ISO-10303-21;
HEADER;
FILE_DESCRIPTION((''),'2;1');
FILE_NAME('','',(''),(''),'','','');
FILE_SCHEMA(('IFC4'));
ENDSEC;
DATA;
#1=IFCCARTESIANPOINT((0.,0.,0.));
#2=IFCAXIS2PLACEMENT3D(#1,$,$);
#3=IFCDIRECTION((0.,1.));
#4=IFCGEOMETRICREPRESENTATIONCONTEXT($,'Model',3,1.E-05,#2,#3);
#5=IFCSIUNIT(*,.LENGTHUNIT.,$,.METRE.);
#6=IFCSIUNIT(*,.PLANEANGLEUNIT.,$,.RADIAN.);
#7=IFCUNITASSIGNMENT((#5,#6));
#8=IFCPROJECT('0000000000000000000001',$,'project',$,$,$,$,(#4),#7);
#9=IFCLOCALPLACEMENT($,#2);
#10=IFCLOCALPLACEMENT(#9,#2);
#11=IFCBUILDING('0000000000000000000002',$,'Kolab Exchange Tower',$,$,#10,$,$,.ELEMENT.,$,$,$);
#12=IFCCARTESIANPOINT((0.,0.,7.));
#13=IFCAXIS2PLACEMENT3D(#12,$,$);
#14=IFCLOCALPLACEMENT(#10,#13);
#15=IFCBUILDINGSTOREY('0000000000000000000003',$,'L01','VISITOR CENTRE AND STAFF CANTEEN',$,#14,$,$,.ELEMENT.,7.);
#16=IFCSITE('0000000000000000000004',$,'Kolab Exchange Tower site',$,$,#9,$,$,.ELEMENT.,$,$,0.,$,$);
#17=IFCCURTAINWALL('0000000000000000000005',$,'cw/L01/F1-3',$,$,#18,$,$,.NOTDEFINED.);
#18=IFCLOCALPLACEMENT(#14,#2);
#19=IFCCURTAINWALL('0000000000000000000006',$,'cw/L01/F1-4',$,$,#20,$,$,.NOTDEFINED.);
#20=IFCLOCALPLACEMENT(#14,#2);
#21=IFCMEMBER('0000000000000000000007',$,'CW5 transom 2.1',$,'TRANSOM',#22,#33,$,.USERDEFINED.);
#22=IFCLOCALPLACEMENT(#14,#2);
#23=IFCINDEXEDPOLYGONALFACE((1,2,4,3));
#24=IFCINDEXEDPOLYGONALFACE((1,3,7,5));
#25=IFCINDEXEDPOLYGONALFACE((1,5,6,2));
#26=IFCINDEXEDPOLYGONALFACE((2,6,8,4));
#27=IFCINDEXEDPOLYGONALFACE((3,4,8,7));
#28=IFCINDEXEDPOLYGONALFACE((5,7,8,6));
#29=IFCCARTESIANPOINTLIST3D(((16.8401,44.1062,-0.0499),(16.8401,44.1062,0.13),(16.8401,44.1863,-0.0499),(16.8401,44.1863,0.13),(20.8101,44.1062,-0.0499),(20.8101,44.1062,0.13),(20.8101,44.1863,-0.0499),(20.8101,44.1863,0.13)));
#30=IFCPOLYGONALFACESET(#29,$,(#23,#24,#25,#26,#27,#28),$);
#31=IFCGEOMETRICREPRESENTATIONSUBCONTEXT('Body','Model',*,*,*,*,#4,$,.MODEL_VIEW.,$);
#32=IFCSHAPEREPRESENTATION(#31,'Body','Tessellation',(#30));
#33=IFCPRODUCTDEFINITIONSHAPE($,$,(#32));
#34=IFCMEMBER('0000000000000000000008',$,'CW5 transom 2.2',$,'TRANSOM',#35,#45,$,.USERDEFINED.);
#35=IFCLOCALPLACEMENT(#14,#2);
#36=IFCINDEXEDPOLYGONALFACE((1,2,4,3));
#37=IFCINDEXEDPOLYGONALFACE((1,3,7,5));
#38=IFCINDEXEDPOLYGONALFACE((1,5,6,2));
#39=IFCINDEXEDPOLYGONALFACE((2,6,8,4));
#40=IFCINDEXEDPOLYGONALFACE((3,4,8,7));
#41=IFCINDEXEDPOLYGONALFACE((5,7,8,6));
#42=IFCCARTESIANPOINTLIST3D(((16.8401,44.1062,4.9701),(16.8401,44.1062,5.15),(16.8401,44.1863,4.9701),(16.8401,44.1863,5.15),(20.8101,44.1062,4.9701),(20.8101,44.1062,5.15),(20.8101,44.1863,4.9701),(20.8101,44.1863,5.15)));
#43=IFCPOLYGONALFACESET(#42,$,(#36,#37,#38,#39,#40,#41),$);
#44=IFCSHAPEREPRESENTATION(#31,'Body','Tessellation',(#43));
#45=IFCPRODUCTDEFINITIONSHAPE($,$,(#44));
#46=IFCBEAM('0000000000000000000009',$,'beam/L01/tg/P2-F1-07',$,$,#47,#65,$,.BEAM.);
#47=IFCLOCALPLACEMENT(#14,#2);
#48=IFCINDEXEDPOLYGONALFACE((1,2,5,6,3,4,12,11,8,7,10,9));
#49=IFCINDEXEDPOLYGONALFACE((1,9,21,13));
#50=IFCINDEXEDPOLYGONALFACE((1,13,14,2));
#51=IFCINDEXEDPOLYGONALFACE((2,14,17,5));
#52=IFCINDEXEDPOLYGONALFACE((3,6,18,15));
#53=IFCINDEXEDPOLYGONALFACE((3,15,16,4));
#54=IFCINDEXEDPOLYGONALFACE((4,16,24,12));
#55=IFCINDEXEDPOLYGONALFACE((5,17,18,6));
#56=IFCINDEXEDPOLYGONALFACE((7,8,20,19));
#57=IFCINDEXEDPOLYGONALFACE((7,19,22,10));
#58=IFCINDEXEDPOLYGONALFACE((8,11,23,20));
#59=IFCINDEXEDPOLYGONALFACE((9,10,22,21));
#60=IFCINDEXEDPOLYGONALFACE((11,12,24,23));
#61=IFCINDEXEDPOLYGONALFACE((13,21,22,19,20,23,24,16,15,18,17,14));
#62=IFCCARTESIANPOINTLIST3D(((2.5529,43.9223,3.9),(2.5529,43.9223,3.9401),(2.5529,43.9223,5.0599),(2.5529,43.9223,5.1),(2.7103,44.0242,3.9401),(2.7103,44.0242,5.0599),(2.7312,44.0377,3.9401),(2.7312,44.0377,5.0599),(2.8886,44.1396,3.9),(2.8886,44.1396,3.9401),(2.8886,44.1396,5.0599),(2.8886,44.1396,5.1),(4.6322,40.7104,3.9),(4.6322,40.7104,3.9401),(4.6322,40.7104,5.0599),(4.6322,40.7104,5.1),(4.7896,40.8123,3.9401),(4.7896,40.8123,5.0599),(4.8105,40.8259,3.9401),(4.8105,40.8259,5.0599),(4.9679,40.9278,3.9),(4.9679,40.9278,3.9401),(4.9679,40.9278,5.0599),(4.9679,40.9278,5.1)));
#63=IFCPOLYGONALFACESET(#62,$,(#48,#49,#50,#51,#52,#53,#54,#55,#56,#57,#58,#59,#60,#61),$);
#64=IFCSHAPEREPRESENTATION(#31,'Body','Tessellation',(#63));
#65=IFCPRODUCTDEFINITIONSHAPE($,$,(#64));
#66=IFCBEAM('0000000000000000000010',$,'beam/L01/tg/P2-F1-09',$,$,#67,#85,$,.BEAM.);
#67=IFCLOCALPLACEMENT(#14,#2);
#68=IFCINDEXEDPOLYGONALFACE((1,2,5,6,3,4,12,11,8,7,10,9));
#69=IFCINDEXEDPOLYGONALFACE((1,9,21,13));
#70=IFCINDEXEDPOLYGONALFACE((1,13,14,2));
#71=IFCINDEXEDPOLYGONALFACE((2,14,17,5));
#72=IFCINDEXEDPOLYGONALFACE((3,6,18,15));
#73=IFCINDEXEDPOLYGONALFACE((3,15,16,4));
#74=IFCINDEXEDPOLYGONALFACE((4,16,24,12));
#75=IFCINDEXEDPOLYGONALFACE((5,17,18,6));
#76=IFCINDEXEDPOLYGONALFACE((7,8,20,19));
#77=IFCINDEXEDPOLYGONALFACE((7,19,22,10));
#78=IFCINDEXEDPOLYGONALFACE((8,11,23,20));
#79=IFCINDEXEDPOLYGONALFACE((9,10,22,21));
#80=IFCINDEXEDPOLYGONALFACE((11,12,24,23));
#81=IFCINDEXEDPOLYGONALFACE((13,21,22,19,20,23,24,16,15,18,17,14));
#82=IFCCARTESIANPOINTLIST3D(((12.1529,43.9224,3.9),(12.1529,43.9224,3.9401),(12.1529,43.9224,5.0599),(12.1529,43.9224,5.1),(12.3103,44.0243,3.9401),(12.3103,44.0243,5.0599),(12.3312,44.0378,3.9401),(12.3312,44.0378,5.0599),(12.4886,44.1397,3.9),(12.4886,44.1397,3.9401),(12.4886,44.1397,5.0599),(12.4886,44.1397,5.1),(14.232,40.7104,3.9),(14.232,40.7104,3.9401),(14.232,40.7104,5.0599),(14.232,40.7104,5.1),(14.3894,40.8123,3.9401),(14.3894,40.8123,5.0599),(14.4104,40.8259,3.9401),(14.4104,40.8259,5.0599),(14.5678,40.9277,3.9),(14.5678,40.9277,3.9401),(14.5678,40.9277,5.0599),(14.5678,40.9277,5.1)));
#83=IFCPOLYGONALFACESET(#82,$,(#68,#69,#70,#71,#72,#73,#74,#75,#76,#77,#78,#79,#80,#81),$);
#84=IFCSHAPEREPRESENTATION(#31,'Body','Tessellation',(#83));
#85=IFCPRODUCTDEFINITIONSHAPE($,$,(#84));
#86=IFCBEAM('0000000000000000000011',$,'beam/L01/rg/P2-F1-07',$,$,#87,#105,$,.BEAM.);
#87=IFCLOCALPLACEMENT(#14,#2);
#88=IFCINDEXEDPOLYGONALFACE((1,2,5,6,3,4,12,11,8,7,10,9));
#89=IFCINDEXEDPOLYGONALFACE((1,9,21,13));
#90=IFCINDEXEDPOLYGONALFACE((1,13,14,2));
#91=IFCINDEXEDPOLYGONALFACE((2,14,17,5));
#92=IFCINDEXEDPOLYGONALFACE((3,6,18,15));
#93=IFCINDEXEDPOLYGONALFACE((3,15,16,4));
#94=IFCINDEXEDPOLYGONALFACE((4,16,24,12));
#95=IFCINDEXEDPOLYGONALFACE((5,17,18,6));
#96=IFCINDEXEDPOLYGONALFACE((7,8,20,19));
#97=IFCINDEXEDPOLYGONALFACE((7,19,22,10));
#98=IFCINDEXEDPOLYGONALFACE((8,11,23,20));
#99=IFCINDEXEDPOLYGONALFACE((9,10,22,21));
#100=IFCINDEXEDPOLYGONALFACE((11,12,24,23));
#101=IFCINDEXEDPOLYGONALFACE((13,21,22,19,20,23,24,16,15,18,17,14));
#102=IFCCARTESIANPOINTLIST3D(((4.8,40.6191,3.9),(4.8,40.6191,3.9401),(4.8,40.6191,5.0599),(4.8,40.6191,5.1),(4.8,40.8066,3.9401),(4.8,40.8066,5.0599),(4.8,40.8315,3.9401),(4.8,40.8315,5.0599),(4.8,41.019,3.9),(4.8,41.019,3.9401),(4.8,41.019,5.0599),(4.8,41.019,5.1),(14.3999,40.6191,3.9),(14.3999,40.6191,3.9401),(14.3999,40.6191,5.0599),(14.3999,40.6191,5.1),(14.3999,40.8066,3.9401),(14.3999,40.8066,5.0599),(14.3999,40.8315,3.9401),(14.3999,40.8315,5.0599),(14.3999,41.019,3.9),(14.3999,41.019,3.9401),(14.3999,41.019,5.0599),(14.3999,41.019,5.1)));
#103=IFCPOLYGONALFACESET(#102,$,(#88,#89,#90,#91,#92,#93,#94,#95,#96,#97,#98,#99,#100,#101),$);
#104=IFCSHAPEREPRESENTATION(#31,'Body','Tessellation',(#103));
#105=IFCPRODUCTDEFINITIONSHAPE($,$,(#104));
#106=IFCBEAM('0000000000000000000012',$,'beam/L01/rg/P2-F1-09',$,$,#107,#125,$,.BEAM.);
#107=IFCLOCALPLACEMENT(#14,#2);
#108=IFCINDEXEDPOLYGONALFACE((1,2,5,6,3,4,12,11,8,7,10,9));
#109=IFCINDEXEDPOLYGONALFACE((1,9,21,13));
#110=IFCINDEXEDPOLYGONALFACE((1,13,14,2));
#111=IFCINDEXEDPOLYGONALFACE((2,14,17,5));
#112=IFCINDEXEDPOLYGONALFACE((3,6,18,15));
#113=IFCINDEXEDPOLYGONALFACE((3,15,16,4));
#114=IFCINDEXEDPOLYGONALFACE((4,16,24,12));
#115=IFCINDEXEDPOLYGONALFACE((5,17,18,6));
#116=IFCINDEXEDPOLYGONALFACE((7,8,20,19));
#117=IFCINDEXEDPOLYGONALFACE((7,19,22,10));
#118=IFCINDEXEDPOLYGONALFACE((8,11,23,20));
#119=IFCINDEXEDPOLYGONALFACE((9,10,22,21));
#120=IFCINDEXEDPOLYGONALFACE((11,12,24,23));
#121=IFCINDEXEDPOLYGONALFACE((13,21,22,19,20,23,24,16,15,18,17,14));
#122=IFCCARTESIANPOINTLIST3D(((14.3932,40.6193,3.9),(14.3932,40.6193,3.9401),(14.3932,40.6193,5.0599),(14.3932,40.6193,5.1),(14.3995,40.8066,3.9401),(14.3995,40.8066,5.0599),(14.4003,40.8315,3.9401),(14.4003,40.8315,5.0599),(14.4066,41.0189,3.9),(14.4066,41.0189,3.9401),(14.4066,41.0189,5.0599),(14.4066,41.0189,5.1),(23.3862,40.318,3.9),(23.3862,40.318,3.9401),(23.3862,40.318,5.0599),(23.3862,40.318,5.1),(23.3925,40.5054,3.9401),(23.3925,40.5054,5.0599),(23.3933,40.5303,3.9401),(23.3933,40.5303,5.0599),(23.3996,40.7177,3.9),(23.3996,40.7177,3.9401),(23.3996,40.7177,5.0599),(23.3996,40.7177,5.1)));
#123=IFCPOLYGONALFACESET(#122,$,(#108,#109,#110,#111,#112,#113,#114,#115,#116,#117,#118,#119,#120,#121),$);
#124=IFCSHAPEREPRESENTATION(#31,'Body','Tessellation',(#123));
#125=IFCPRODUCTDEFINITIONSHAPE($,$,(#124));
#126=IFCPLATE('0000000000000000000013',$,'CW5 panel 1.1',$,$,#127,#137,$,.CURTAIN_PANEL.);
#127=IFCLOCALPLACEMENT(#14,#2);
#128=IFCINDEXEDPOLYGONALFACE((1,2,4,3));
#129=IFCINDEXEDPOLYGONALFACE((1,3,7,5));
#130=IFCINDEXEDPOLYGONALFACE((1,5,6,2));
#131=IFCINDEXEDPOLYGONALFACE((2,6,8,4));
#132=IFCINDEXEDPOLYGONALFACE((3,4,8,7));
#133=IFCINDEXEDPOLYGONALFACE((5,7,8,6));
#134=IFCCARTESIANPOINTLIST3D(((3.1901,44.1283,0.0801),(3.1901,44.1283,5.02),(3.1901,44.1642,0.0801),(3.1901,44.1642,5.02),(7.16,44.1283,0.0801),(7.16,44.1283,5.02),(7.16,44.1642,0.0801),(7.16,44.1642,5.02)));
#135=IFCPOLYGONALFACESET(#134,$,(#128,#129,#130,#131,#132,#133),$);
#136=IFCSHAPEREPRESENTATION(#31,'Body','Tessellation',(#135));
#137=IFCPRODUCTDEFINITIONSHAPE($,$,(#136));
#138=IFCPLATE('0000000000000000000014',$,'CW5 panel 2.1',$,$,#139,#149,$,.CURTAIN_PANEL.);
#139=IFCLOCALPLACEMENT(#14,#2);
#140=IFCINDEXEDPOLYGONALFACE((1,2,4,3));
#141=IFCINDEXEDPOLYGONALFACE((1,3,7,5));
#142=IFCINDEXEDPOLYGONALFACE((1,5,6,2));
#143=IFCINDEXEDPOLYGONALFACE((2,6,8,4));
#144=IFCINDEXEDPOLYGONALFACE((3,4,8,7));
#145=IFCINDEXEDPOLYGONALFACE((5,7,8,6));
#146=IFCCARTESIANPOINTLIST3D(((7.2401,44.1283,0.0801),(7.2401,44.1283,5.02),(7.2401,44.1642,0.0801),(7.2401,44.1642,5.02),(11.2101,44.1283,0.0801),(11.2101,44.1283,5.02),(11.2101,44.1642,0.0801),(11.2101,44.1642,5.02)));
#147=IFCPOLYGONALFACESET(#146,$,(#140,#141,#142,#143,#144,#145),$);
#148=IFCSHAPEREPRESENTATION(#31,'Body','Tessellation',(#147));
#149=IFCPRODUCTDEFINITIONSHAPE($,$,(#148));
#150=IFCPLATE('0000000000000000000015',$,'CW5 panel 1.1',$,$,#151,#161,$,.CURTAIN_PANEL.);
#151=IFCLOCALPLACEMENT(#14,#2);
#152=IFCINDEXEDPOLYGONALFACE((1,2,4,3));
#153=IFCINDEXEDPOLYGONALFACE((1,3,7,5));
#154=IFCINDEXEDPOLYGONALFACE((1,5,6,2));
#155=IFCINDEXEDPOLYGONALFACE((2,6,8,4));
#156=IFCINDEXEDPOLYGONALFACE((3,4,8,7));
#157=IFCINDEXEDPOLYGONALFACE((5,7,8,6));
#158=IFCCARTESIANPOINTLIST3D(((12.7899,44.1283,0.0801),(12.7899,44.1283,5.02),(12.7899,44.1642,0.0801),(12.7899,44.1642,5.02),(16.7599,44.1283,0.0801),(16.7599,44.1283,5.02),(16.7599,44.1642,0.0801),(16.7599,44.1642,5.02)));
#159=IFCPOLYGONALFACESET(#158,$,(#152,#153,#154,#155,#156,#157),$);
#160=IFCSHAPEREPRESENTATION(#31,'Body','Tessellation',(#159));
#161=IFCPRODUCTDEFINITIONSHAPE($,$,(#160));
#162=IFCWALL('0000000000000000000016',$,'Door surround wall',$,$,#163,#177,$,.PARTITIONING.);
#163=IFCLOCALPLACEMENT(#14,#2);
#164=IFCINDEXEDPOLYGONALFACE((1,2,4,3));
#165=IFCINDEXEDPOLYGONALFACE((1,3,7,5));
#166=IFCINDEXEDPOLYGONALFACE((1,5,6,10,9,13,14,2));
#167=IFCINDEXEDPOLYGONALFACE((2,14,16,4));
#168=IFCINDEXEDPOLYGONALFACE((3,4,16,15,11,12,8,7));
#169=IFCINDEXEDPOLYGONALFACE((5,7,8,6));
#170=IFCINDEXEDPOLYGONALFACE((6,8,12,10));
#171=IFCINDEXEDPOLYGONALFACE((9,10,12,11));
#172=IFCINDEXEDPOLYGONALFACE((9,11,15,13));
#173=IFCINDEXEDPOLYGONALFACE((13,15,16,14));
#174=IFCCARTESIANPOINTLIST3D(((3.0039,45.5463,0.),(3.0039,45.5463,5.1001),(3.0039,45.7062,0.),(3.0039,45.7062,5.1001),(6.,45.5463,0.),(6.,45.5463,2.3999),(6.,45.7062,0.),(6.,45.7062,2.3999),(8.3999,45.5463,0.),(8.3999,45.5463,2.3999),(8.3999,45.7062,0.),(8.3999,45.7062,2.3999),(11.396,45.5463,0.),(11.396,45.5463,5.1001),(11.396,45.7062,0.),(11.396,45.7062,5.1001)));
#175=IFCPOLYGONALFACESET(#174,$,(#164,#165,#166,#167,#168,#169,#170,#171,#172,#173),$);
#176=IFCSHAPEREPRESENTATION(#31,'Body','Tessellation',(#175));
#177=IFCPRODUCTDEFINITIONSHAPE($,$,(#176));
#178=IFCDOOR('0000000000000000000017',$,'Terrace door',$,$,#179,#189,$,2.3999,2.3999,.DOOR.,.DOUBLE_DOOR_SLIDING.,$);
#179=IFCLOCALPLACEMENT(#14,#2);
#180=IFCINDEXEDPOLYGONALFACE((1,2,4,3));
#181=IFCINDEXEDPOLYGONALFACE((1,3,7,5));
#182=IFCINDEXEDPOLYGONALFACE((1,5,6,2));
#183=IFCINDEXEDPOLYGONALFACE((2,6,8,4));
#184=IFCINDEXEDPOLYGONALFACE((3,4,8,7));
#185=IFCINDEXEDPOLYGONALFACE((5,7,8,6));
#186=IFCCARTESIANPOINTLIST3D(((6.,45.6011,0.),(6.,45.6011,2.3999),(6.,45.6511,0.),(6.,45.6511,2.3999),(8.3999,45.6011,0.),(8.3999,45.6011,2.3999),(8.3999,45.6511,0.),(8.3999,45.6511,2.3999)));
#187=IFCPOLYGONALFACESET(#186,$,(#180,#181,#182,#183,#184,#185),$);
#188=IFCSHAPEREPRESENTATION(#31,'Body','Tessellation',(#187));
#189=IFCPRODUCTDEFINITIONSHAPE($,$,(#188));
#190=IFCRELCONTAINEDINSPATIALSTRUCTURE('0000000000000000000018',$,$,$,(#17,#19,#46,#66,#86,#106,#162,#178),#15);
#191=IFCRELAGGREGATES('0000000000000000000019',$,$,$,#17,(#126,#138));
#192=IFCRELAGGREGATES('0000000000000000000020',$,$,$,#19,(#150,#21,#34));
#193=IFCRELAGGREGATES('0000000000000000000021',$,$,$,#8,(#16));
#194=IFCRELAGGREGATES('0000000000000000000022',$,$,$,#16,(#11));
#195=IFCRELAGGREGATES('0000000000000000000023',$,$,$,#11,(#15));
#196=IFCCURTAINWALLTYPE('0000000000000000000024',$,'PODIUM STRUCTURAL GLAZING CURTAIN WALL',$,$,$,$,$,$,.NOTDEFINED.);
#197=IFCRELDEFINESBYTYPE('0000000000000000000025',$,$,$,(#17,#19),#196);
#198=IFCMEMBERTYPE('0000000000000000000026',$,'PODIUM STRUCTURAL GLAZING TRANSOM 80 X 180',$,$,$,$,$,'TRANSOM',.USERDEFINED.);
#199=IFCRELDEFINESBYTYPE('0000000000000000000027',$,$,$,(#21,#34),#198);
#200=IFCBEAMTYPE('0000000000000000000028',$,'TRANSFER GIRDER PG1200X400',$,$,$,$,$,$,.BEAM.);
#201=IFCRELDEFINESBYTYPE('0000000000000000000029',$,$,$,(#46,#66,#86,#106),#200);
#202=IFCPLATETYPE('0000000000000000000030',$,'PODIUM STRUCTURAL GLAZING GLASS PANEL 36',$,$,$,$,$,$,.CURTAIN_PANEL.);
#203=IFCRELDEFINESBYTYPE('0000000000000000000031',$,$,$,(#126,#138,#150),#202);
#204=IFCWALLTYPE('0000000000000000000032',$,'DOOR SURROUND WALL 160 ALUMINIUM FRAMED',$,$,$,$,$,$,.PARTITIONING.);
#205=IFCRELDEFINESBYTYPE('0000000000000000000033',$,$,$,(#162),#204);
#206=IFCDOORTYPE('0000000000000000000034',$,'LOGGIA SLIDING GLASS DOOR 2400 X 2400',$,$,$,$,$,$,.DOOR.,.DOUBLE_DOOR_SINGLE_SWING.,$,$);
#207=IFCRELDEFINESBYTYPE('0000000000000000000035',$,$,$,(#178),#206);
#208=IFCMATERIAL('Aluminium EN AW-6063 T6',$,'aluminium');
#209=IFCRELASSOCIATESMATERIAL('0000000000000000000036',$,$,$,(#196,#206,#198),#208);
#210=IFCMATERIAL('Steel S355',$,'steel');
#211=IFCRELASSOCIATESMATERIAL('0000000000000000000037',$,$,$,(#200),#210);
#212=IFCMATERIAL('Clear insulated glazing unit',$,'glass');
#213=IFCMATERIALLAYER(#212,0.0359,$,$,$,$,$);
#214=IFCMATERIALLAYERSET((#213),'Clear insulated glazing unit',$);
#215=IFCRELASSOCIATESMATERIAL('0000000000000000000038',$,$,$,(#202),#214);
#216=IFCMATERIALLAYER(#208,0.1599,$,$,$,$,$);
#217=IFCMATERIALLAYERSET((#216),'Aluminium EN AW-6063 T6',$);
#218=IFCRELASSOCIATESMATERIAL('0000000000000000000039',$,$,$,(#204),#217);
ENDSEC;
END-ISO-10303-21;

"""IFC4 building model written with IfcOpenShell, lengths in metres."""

from ifc_helpers import new_model, si_unit, direction, frame, frame_2d, origin, origin_2d, place, context, subcontext, project, spatial, rectangle, i_section, extrude, material, layer, layer_set, material_profile, profile_set, type_object, element, fill, aggregate, save


model = new_model("IFC4")

# Units and contexts
model_context = context("Model", 3, precision=1e-05, world=origin(), true_north=direction((0.0, 1.0)))
body_context = subcontext(model_context, "Body", "Model", "MODEL_VIEW")
ifc_project = project(units=[si_unit("LENGTHUNIT", "METRE"), si_unit("PLANEANGLEUNIT", "RADIAN")], contexts=[model_context])

# Site, building, storey
site_placement = place(None, origin())
site = spatial("IfcSite", under=ifc_project, at=site_placement, Name="Kolab Exchange Tower site", CompositionType="ELEMENT", RefElevation=0.0)
building_placement = place(site_placement, origin())
building = spatial("IfcBuilding", under=site, at=building_placement, Name="Kolab Exchange Tower", CompositionType="ELEMENT")
storey_placement = place(building_placement, frame((0.0, 0.0, 7.0)))
storey = spatial("IfcBuildingStorey", under=building, at=storey_placement, Name="L01", Description="VISITOR CENTRE AND STAFF CANTEEN", CompositionType="ELEMENT", Elevation=7.0)

# Curtain walls
ifc_material_1 = material(Name="Aluminium EN AW-6063 T6", Category="aluminium")
curtain_wall_type = type_object("IfcCurtainWallType", Name="PODIUM STRUCTURAL GLAZING CURTAIN WALL", PredefinedType="NOTDEFINED", material=ifc_material_1)
curtain_wall_1_placement = place(storey_placement, origin())
curtain_wall_1 = element("IfcCurtainWall", 1, at=curtain_wall_1_placement, inside=storey, type_object=curtain_wall_type, Name="cw/L01/F1-3", PredefinedType="NOTDEFINED")
curtain_wall_2_placement = place(storey_placement, origin())
curtain_wall_2 = element("IfcCurtainWall", 2, at=curtain_wall_2_placement, inside=storey, type_object=curtain_wall_type, Name="cw/L01/F1-4", PredefinedType="NOTDEFINED")

# Members
ifc_material_profile_1 = material_profile(ifc_material_1, rectangle(XDim=0.0801, YDim=0.1799, at=origin_2d()), Name="RECT 80X180")
ifc_profile_set_1 = profile_set([ifc_material_profile_1], Name="Aluminium EN AW-6063 T6")
member_type_1 = type_object("IfcMemberType", Name="PODIUM STRUCTURAL GLAZING TRANSOM 80 X 180", ElementType="TRANSOM", PredefinedType="USERDEFINED", material=ifc_profile_set_1)
member_1_placement = place(storey_placement, frame((16.8401, 44.1462, 0.04), z_axis=(1.0, 0.0, 0.0), x_axis=(0.0, 1.0, 0.0)))
member_1 = element("IfcMember", 3, at=member_1_placement, type_object=member_type_1, Name="CW5 transom 2.1", ObjectType="TRANSOM", PredefinedType="USERDEFINED", context=body_context, shape_type="SweptSolid", body=[
    extrude(rectangle(XDim=0.0801, YDim=0.1799, at=origin_2d()), origin(), (0.0, 0.0, 1.0), 3.97),
])
member_2_placement = place(storey_placement, frame((16.8401, 44.1462, 5.0601), z_axis=(1.0, 0.0, 0.0), x_axis=(0.0, 1.0, 0.0)))
member_2 = element("IfcMember", 4, at=member_2_placement, type_object=member_type_1, Name="CW5 transom 2.2", ObjectType="TRANSOM", PredefinedType="USERDEFINED", context=body_context, shape_type="SweptSolid", body=[
    extrude(rectangle(XDim=0.0801, YDim=0.1799, at=origin_2d()), origin(), (0.0, 0.0, 1.0), 3.97),
])

# Beams
ifc_material_2 = material(Name="Steel S355", Category="steel")
ifc_material_profile_2 = material_profile(ifc_material_2, i_section(OverallWidth=0.3999, OverallDepth=1.2, WebThickness=0.0249, FlangeThickness=0.04, at=origin_2d()), Name="PG1200X400")
ifc_profile_set_2 = profile_set([ifc_material_profile_2], Name="Steel S355")
beam_type = type_object("IfcBeamType", Name="TRANSFER GIRDER PG1200X400", PredefinedType="BEAM", material=ifc_profile_set_2)
for number, where, z_axis, x_axis, name in (
    (5, (4.8, 40.8191, 4.5), (-0.543444, 0.839445, 0.0), (-0.839445, -0.543444, 0.0), "beam/L01/tg/P2-F1-07"),
    (6, (14.3999, 40.8191, 4.5), (-0.543399, 0.839474, 0.0), (-0.839474, -0.543399, 0.0), "beam/L01/tg/P2-F1-09"),
):
    element("IfcBeam", number, at=place(storey_placement, frame(where, z_axis=z_axis, x_axis=x_axis)), inside=storey, type_object=beam_type, Name=name, PredefinedType="BEAM", context=body_context, shape_type="SweptSolid", body=[
        extrude(i_section(OverallWidth=0.3999, OverallDepth=1.2, WebThickness=0.0249, FlangeThickness=0.04, at=origin_2d()), origin(), (0.0, 0.0, 1.0), 3.8262),
    ])
beam_1_placement = place(storey_placement, frame((4.8, 40.8191, 4.5), z_axis=(1.0, 0.0, 0.0), x_axis=(0.0, 1.0, 0.0)))
element("IfcBeam", 7, at=beam_1_placement, inside=storey, type_object=beam_type, Name="beam/L01/rg/P2-F1-07", PredefinedType="BEAM", context=body_context, shape_type="SweptSolid", body=[
    extrude(i_section(OverallWidth=0.3999, OverallDepth=1.2, WebThickness=0.0249, FlangeThickness=0.04, at=origin_2d()), origin(), (0.0, 0.0, 1.0), 9.5999),
])
beam_2_placement = place(storey_placement, frame((14.3999, 40.8191, 4.5), z_axis=(0.999439, -0.033482, 0.0), x_axis=(0.033482, 0.999439, 0.0)))
element("IfcBeam", 8, at=beam_2_placement, inside=storey, type_object=beam_type, Name="beam/L01/rg/P2-F1-09", PredefinedType="BEAM", context=body_context, shape_type="SweptSolid", body=[
    extrude(i_section(OverallWidth=0.3999, OverallDepth=1.2, WebThickness=0.0249, FlangeThickness=0.04, at=origin_2d()), origin(), (0.0, 0.0, 1.0), 8.998),
])

# Plates
ifc_material_3 = material(Name="Clear insulated glazing unit", Category="glass")
ifc_layer_1 = layer(ifc_material_3, 0.0359)
ifc_layer_set_1 = layer_set([ifc_layer_1], Name="Clear insulated glazing unit")
plate_type = type_object("IfcPlateType", Name="PODIUM STRUCTURAL GLAZING GLASS PANEL 36", PredefinedType="CURTAIN_PANEL", material=ifc_layer_set_1)
plate_1_placement = place(storey_placement, frame((5.175, 44.1462, 0.0801), z_axis=(0.0, 0.0, 1.0), x_axis=(1.0, 0.0, 0.0)))
plate_1 = element("IfcPlate", 9, at=plate_1_placement, type_object=plate_type, Name="CW5 panel 1.1", PredefinedType="CURTAIN_PANEL", context=body_context, shape_type="SweptSolid", body=[
    extrude(rectangle(XDim=3.97, YDim=0.0359, at=origin_2d()), origin(), (0.0, 0.0, 1.0), 4.9399),
])
plate_2_placement = place(storey_placement, frame((9.2251, 44.1462, 0.0801), z_axis=(0.0, 0.0, 1.0), x_axis=(1.0, 0.0, 0.0)))
plate_2 = element("IfcPlate", 10, at=plate_2_placement, type_object=plate_type, Name="CW5 panel 2.1", PredefinedType="CURTAIN_PANEL", context=body_context, shape_type="SweptSolid", body=[
    extrude(rectangle(XDim=3.97, YDim=0.0359, at=origin_2d()), origin(), (0.0, 0.0, 1.0), 4.9399),
])
aggregate(curtain_wall_1, [plate_1, plate_2])
plate_3_placement = place(storey_placement, frame((14.7749, 44.1462, 0.0801), z_axis=(0.0, 0.0, 1.0), x_axis=(1.0, 0.0, 0.0)))
plate_3 = element("IfcPlate", 11, at=plate_3_placement, type_object=plate_type, Name="CW5 panel 1.1", PredefinedType="CURTAIN_PANEL", context=body_context, shape_type="SweptSolid", body=[
    extrude(rectangle(XDim=3.97, YDim=0.0359, at=origin_2d()), origin(), (0.0, 0.0, 1.0), 4.9399),
])
aggregate(curtain_wall_2, [plate_3, member_1, member_2])

# Wall, opening, door
ifc_layer_2 = layer(ifc_material_1, 0.1599)
ifc_layer_set_2 = layer_set([ifc_layer_2], Name="Aluminium EN AW-6063 T6")
wall_type_1 = type_object("IfcWallType", Name="DOOR SURROUND WALL 160 ALUMINIUM FRAMED", PredefinedType="PARTITIONING", material=ifc_layer_set_2)
wall_1_placement = place(storey_placement, frame((3.0039, 45.6262, 0.0), z_axis=(0.0, 0.0, 1.0), x_axis=(1.0, 0.0, 0.0)))
wall_1 = element("IfcWall", 12, at=wall_1_placement, inside=storey, type_object=wall_type_1, Name="Door surround wall", PredefinedType="PARTITIONING", context=body_context, shape_type="SweptSolid", body=[
    extrude(rectangle(XDim=8.3921, YDim=0.1599, at=frame_2d((4.196, 0.0))), origin(), (0.0, 0.0, 1.0), 5.1001),
])
opening_placement = place(wall_1_placement, frame((2.9961, 0.0, 0.0)))
opening = element("IfcOpeningElement", 13, at=opening_placement, cuts=wall_1, PredefinedType="OPENING", context=body_context, shape_type="SweptSolid", body=[
    extrude(rectangle(XDim=2.3999, YDim=2.3999, at=frame_2d((1.2, 1.2))), frame((0.0, 0.0898, 0.0), z_axis=(0.0, -1.0, 0.0), x_axis=(1.0, 0.0, 0.0)), (0.0, 0.0, 1.0), 0.1799),
])
door_type = type_object("IfcDoorType", Name="LOGGIA SLIDING GLASS DOOR 2400 X 2400", OperationType="DOUBLE_DOOR_SINGLE_SWING", PredefinedType="DOOR", material=ifc_material_1)
door_placement = place(opening_placement, origin())
door = element("IfcDoor", 14, at=door_placement, inside=storey, type_object=door_type, Name="Terrace door", OperationType="DOUBLE_DOOR_SLIDING", OverallHeight=2.3999, OverallWidth=2.3999, PredefinedType="DOOR", context=body_context, shape_type="SweptSolid", body=[
    extrude(rectangle(XDim=2.3999, YDim=2.3999, at=frame_2d((1.2, 1.2))), frame((0.0, 0.0249, 0.0), z_axis=(0.0, -1.0, 0.0), x_axis=(1.0, 0.0, 0.0)), (0.0, 0.0, 1.0), 0.05),
])
fill(opening, door)

save(model, "model.ifc")
